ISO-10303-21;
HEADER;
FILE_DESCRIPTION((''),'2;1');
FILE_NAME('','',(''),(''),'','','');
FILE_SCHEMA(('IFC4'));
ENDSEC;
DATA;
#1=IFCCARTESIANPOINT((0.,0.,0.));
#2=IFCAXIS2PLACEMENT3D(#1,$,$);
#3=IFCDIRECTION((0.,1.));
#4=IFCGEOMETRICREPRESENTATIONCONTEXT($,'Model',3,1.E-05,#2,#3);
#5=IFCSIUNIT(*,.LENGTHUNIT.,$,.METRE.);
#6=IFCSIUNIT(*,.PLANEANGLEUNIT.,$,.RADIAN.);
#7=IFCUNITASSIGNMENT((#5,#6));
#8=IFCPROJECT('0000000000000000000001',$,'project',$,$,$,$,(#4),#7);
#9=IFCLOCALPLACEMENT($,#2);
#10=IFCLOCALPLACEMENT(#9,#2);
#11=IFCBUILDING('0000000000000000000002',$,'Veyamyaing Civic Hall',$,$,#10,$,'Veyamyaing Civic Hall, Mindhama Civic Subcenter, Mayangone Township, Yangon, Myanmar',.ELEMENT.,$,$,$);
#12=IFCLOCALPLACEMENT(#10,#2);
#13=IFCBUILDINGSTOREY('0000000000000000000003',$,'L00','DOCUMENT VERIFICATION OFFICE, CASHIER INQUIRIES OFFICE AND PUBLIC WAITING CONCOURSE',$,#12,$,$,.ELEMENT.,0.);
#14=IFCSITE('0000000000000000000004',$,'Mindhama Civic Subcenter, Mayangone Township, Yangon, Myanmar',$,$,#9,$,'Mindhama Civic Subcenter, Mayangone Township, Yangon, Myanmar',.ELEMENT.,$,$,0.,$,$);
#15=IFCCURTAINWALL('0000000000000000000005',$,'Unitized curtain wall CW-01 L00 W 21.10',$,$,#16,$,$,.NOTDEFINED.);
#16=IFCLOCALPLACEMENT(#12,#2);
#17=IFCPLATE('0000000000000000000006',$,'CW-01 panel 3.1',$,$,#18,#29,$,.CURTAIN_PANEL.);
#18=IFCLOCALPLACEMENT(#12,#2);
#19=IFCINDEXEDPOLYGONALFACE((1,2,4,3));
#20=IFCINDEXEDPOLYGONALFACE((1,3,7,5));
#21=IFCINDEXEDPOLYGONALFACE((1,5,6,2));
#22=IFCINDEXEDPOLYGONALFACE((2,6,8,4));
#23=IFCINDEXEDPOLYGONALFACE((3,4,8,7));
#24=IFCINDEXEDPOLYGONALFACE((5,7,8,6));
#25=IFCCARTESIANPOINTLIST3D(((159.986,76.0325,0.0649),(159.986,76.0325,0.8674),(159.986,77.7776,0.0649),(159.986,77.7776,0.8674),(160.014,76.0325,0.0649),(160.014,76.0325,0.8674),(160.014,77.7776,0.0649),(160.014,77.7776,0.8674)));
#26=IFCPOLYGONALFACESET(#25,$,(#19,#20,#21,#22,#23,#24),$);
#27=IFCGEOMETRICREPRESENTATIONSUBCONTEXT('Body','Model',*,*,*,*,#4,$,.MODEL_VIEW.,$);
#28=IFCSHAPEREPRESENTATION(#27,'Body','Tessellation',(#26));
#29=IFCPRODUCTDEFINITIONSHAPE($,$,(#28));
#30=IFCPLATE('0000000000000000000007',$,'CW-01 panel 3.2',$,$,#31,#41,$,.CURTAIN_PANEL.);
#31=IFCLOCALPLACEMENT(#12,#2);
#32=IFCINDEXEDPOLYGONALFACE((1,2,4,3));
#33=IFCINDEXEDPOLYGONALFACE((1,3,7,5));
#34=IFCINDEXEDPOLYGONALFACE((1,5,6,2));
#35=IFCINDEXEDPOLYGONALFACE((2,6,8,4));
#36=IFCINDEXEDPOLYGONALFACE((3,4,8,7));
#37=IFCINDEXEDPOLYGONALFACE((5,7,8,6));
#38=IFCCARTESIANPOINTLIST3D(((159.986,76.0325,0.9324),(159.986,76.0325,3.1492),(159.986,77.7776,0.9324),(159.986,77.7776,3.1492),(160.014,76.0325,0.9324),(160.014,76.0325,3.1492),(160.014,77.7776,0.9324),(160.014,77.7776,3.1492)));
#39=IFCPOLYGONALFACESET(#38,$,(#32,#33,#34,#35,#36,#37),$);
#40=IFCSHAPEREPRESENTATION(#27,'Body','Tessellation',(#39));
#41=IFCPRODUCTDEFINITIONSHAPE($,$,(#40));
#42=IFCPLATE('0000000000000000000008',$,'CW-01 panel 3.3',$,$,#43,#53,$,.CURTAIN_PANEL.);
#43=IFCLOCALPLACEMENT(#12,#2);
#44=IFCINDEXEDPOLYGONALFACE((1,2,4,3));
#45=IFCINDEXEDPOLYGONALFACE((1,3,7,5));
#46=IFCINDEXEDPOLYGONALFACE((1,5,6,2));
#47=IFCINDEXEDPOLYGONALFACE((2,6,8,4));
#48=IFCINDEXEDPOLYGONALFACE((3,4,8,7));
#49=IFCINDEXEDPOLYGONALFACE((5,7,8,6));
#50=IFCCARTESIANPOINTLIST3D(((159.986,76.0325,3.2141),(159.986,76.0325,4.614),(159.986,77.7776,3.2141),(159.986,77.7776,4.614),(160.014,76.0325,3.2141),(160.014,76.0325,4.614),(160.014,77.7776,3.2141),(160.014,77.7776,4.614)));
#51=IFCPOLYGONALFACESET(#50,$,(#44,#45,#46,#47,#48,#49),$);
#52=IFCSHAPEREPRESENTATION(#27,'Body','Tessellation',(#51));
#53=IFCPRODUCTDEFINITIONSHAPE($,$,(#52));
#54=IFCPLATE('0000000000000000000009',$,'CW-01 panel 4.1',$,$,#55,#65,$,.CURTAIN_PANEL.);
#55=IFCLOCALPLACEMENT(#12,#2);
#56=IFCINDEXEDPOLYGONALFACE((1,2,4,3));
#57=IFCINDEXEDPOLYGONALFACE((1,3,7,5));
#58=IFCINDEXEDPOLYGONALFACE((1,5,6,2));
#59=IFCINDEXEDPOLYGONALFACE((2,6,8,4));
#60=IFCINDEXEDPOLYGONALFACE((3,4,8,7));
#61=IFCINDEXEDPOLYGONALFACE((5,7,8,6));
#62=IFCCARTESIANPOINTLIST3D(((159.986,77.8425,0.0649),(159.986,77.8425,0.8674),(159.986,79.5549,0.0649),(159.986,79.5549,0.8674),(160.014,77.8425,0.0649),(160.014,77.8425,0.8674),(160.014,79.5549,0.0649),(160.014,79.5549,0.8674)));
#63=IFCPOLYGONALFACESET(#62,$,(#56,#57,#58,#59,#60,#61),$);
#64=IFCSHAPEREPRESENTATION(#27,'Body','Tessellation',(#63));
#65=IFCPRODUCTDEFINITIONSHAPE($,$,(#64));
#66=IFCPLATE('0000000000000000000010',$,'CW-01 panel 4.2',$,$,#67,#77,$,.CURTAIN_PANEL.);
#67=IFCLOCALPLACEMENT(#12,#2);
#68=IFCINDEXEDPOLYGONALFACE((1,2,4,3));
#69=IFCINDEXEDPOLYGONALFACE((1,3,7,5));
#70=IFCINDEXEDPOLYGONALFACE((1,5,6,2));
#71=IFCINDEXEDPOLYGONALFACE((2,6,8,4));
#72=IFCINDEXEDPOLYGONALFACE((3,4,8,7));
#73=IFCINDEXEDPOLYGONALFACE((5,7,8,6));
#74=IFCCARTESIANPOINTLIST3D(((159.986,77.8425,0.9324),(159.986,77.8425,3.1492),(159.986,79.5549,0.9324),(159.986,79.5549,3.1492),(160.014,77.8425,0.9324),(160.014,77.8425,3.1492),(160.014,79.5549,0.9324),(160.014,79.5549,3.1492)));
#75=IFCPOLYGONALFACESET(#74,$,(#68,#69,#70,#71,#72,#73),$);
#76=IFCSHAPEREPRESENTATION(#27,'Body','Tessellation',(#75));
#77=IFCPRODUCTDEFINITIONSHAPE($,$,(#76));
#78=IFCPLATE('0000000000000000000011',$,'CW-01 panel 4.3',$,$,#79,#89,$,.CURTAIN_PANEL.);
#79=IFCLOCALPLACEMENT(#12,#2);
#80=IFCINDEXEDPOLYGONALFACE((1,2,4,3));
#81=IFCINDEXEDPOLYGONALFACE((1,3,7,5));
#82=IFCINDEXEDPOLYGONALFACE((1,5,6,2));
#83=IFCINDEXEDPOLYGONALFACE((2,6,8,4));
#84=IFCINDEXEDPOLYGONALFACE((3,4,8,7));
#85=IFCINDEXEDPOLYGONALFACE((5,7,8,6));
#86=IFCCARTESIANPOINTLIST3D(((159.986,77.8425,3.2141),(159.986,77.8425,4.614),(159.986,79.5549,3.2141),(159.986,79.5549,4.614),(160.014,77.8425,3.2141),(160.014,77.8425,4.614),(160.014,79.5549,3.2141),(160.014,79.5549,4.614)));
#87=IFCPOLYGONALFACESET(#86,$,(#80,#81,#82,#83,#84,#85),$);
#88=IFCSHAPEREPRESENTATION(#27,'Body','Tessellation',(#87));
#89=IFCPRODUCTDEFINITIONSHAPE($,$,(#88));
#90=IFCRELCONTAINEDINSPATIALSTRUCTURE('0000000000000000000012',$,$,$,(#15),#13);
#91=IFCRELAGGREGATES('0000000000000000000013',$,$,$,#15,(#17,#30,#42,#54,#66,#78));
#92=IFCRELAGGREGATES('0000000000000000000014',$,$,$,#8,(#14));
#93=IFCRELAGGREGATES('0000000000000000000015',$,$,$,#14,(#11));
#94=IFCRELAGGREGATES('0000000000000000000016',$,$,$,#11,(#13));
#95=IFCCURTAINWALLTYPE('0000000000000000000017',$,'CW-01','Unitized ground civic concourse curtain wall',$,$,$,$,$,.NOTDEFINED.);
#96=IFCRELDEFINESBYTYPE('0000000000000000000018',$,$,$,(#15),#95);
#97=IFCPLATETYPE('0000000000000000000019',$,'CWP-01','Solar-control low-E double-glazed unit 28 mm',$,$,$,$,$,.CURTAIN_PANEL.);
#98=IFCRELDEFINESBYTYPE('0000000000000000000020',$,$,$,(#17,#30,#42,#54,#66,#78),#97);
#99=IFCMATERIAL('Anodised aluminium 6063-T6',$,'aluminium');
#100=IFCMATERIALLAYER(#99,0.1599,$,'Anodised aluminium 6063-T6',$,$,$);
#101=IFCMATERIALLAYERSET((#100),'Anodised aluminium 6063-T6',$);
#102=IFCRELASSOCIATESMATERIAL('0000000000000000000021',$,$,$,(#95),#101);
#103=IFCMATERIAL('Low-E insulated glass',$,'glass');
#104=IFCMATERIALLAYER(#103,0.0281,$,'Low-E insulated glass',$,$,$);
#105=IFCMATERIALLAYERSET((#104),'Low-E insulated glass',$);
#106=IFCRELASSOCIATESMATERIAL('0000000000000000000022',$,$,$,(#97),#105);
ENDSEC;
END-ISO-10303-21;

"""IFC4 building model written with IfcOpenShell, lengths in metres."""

from ifc_helpers import new_model, si_unit, direction, frame, origin, origin_2d, place, context, subcontext, project, spatial, rectangle, extrude, material, layer, layer_set, type_object, element, aggregate, save


model = new_model("IFC4")

# Units and contexts
model_context = context("Model", 3, precision=1e-05, world=origin(), true_north=direction((0.0, 1.0)))
body_context = subcontext(model_context, "Body", "Model", "MODEL_VIEW")
ifc_project = project(units=[si_unit("LENGTHUNIT", "METRE"), si_unit("PLANEANGLEUNIT", "RADIAN")], contexts=[model_context])

# Site, building, storey
site_placement = place(None, origin())
site = spatial("IfcSite", under=ifc_project, at=site_placement, Name="Mindhama Civic Subcenter, Mayangone Township, Yangon, Myanmar", LongName="Mindhama Civic Subcenter, Mayangone Township, Yangon, Myanmar", CompositionType="ELEMENT", RefElevation=0.0)
building_placement = place(site_placement, origin())
building = spatial("IfcBuilding", under=site, at=building_placement, Name="Veyamyaing Civic Hall", LongName="Veyamyaing Civic Hall, Mindhama Civic Subcenter, Mayangone Township, Yangon, Myanmar", CompositionType="ELEMENT")
storey_placement = place(building_placement, origin())
storey = spatial("IfcBuildingStorey", under=building, at=storey_placement, Name="L00", Description="DOCUMENT VERIFICATION OFFICE, CASHIER INQUIRIES OFFICE AND PUBLIC WAITING CONCOURSE", CompositionType="ELEMENT", Elevation=0.0)

# Curtain wall, plates
ifc_material_1 = material(Name="Anodised aluminium 6063-T6", Category="aluminium")
ifc_layer_1 = layer(ifc_material_1, 0.1599, Name="Anodised aluminium 6063-T6")
ifc_layer_set_1 = layer_set([ifc_layer_1], Name="Anodised aluminium 6063-T6")
curtain_wall_type = type_object("IfcCurtainWallType", Name="CW-01", Description="Unitized ground civic concourse curtain wall", PredefinedType="NOTDEFINED", material=ifc_layer_set_1)
curtain_wall_placement = place(storey_placement, origin())
curtain_wall = element("IfcCurtainWall", 1, at=curtain_wall_placement, inside=storey, type_object=curtain_wall_type, Name="Unitized curtain wall CW-01 L00 W 21.10", PredefinedType="NOTDEFINED")
ifc_material_2 = material(Name="Low-E insulated glass", Category="glass")
ifc_layer_2 = layer(ifc_material_2, 0.0281, Name="Low-E insulated glass")
ifc_layer_set_2 = layer_set([ifc_layer_2], Name="Low-E insulated glass")
plate_type = type_object("IfcPlateType", Name="CWP-01", Description="Solar-control low-E double-glazed unit 28 mm", PredefinedType="CURTAIN_PANEL", material=ifc_layer_set_2)
plate_1_placement = place(storey_placement, frame((160.0, 76.905, 0.0649), z_axis=(0.0, 0.0, 1.0), x_axis=(0.0, 1.0, 0.0)))
plate_1 = element("IfcPlate", 2, at=plate_1_placement, type_object=plate_type, Name="CW-01 panel 3.1", PredefinedType="CURTAIN_PANEL", context=body_context, shape_type="SweptSolid", body=[
    extrude(rectangle(XDim=1.7451, YDim=0.0281, at=origin_2d()), origin(), (0.0, 0.0, 1.0), 0.8025),
])
plate_2_placement = place(storey_placement, frame((160.0, 76.905, 0.9324), z_axis=(0.0, 0.0, 1.0), x_axis=(0.0, 1.0, 0.0)))
plate_2 = element("IfcPlate", 3, at=plate_2_placement, type_object=plate_type, Name="CW-01 panel 3.2", PredefinedType="CURTAIN_PANEL", context=body_context, shape_type="SweptSolid", body=[
    extrude(rectangle(XDim=1.7451, YDim=0.0281, at=origin_2d()), origin(), (0.0, 0.0, 1.0), 2.2168),
])
plate_3_placement = place(storey_placement, frame((160.0, 76.905, 3.2141), z_axis=(0.0, 0.0, 1.0), x_axis=(0.0, 1.0, 0.0)))
plate_3 = element("IfcPlate", 4, at=plate_3_placement, type_object=plate_type, Name="CW-01 panel 3.3", PredefinedType="CURTAIN_PANEL", context=body_context, shape_type="SweptSolid", body=[
    extrude(rectangle(XDim=1.7451, YDim=0.0281, at=origin_2d()), origin(), (0.0, 0.0, 1.0), 1.3999),
])
plate_4_placement = place(storey_placement, frame((160.0, 78.6987, 0.0649), z_axis=(0.0, 0.0, 1.0), x_axis=(0.0, 1.0, 0.0)))
plate_4 = element("IfcPlate", 5, at=plate_4_placement, type_object=plate_type, Name="CW-01 panel 4.1", PredefinedType="CURTAIN_PANEL", context=body_context, shape_type="SweptSolid", body=[
    extrude(rectangle(XDim=1.7124, YDim=0.0281, at=origin_2d()), origin(), (0.0, 0.0, 1.0), 0.8025),
])
plate_5_placement = place(storey_placement, frame((160.0, 78.6987, 0.9324), z_axis=(0.0, 0.0, 1.0), x_axis=(0.0, 1.0, 0.0)))
plate_5 = element("IfcPlate", 6, at=plate_5_placement, type_object=plate_type, Name="CW-01 panel 4.2", PredefinedType="CURTAIN_PANEL", context=body_context, shape_type="SweptSolid", body=[
    extrude(rectangle(XDim=1.7124, YDim=0.0281, at=origin_2d()), origin(), (0.0, 0.0, 1.0), 2.2168),
])
plate_6_placement = place(storey_placement, frame((160.0, 78.6987, 3.2141), z_axis=(0.0, 0.0, 1.0), x_axis=(0.0, 1.0, 0.0)))
plate_6 = element("IfcPlate", 7, at=plate_6_placement, type_object=plate_type, Name="CW-01 panel 4.3", PredefinedType="CURTAIN_PANEL", context=body_context, shape_type="SweptSolid", body=[
    extrude(rectangle(XDim=1.7124, YDim=0.0281, at=origin_2d()), origin(), (0.0, 0.0, 1.0), 1.3999),
])
aggregate(curtain_wall, [plate_1, plate_2, plate_3, plate_4, plate_5, plate_6])

save(model, "model.ifc")
